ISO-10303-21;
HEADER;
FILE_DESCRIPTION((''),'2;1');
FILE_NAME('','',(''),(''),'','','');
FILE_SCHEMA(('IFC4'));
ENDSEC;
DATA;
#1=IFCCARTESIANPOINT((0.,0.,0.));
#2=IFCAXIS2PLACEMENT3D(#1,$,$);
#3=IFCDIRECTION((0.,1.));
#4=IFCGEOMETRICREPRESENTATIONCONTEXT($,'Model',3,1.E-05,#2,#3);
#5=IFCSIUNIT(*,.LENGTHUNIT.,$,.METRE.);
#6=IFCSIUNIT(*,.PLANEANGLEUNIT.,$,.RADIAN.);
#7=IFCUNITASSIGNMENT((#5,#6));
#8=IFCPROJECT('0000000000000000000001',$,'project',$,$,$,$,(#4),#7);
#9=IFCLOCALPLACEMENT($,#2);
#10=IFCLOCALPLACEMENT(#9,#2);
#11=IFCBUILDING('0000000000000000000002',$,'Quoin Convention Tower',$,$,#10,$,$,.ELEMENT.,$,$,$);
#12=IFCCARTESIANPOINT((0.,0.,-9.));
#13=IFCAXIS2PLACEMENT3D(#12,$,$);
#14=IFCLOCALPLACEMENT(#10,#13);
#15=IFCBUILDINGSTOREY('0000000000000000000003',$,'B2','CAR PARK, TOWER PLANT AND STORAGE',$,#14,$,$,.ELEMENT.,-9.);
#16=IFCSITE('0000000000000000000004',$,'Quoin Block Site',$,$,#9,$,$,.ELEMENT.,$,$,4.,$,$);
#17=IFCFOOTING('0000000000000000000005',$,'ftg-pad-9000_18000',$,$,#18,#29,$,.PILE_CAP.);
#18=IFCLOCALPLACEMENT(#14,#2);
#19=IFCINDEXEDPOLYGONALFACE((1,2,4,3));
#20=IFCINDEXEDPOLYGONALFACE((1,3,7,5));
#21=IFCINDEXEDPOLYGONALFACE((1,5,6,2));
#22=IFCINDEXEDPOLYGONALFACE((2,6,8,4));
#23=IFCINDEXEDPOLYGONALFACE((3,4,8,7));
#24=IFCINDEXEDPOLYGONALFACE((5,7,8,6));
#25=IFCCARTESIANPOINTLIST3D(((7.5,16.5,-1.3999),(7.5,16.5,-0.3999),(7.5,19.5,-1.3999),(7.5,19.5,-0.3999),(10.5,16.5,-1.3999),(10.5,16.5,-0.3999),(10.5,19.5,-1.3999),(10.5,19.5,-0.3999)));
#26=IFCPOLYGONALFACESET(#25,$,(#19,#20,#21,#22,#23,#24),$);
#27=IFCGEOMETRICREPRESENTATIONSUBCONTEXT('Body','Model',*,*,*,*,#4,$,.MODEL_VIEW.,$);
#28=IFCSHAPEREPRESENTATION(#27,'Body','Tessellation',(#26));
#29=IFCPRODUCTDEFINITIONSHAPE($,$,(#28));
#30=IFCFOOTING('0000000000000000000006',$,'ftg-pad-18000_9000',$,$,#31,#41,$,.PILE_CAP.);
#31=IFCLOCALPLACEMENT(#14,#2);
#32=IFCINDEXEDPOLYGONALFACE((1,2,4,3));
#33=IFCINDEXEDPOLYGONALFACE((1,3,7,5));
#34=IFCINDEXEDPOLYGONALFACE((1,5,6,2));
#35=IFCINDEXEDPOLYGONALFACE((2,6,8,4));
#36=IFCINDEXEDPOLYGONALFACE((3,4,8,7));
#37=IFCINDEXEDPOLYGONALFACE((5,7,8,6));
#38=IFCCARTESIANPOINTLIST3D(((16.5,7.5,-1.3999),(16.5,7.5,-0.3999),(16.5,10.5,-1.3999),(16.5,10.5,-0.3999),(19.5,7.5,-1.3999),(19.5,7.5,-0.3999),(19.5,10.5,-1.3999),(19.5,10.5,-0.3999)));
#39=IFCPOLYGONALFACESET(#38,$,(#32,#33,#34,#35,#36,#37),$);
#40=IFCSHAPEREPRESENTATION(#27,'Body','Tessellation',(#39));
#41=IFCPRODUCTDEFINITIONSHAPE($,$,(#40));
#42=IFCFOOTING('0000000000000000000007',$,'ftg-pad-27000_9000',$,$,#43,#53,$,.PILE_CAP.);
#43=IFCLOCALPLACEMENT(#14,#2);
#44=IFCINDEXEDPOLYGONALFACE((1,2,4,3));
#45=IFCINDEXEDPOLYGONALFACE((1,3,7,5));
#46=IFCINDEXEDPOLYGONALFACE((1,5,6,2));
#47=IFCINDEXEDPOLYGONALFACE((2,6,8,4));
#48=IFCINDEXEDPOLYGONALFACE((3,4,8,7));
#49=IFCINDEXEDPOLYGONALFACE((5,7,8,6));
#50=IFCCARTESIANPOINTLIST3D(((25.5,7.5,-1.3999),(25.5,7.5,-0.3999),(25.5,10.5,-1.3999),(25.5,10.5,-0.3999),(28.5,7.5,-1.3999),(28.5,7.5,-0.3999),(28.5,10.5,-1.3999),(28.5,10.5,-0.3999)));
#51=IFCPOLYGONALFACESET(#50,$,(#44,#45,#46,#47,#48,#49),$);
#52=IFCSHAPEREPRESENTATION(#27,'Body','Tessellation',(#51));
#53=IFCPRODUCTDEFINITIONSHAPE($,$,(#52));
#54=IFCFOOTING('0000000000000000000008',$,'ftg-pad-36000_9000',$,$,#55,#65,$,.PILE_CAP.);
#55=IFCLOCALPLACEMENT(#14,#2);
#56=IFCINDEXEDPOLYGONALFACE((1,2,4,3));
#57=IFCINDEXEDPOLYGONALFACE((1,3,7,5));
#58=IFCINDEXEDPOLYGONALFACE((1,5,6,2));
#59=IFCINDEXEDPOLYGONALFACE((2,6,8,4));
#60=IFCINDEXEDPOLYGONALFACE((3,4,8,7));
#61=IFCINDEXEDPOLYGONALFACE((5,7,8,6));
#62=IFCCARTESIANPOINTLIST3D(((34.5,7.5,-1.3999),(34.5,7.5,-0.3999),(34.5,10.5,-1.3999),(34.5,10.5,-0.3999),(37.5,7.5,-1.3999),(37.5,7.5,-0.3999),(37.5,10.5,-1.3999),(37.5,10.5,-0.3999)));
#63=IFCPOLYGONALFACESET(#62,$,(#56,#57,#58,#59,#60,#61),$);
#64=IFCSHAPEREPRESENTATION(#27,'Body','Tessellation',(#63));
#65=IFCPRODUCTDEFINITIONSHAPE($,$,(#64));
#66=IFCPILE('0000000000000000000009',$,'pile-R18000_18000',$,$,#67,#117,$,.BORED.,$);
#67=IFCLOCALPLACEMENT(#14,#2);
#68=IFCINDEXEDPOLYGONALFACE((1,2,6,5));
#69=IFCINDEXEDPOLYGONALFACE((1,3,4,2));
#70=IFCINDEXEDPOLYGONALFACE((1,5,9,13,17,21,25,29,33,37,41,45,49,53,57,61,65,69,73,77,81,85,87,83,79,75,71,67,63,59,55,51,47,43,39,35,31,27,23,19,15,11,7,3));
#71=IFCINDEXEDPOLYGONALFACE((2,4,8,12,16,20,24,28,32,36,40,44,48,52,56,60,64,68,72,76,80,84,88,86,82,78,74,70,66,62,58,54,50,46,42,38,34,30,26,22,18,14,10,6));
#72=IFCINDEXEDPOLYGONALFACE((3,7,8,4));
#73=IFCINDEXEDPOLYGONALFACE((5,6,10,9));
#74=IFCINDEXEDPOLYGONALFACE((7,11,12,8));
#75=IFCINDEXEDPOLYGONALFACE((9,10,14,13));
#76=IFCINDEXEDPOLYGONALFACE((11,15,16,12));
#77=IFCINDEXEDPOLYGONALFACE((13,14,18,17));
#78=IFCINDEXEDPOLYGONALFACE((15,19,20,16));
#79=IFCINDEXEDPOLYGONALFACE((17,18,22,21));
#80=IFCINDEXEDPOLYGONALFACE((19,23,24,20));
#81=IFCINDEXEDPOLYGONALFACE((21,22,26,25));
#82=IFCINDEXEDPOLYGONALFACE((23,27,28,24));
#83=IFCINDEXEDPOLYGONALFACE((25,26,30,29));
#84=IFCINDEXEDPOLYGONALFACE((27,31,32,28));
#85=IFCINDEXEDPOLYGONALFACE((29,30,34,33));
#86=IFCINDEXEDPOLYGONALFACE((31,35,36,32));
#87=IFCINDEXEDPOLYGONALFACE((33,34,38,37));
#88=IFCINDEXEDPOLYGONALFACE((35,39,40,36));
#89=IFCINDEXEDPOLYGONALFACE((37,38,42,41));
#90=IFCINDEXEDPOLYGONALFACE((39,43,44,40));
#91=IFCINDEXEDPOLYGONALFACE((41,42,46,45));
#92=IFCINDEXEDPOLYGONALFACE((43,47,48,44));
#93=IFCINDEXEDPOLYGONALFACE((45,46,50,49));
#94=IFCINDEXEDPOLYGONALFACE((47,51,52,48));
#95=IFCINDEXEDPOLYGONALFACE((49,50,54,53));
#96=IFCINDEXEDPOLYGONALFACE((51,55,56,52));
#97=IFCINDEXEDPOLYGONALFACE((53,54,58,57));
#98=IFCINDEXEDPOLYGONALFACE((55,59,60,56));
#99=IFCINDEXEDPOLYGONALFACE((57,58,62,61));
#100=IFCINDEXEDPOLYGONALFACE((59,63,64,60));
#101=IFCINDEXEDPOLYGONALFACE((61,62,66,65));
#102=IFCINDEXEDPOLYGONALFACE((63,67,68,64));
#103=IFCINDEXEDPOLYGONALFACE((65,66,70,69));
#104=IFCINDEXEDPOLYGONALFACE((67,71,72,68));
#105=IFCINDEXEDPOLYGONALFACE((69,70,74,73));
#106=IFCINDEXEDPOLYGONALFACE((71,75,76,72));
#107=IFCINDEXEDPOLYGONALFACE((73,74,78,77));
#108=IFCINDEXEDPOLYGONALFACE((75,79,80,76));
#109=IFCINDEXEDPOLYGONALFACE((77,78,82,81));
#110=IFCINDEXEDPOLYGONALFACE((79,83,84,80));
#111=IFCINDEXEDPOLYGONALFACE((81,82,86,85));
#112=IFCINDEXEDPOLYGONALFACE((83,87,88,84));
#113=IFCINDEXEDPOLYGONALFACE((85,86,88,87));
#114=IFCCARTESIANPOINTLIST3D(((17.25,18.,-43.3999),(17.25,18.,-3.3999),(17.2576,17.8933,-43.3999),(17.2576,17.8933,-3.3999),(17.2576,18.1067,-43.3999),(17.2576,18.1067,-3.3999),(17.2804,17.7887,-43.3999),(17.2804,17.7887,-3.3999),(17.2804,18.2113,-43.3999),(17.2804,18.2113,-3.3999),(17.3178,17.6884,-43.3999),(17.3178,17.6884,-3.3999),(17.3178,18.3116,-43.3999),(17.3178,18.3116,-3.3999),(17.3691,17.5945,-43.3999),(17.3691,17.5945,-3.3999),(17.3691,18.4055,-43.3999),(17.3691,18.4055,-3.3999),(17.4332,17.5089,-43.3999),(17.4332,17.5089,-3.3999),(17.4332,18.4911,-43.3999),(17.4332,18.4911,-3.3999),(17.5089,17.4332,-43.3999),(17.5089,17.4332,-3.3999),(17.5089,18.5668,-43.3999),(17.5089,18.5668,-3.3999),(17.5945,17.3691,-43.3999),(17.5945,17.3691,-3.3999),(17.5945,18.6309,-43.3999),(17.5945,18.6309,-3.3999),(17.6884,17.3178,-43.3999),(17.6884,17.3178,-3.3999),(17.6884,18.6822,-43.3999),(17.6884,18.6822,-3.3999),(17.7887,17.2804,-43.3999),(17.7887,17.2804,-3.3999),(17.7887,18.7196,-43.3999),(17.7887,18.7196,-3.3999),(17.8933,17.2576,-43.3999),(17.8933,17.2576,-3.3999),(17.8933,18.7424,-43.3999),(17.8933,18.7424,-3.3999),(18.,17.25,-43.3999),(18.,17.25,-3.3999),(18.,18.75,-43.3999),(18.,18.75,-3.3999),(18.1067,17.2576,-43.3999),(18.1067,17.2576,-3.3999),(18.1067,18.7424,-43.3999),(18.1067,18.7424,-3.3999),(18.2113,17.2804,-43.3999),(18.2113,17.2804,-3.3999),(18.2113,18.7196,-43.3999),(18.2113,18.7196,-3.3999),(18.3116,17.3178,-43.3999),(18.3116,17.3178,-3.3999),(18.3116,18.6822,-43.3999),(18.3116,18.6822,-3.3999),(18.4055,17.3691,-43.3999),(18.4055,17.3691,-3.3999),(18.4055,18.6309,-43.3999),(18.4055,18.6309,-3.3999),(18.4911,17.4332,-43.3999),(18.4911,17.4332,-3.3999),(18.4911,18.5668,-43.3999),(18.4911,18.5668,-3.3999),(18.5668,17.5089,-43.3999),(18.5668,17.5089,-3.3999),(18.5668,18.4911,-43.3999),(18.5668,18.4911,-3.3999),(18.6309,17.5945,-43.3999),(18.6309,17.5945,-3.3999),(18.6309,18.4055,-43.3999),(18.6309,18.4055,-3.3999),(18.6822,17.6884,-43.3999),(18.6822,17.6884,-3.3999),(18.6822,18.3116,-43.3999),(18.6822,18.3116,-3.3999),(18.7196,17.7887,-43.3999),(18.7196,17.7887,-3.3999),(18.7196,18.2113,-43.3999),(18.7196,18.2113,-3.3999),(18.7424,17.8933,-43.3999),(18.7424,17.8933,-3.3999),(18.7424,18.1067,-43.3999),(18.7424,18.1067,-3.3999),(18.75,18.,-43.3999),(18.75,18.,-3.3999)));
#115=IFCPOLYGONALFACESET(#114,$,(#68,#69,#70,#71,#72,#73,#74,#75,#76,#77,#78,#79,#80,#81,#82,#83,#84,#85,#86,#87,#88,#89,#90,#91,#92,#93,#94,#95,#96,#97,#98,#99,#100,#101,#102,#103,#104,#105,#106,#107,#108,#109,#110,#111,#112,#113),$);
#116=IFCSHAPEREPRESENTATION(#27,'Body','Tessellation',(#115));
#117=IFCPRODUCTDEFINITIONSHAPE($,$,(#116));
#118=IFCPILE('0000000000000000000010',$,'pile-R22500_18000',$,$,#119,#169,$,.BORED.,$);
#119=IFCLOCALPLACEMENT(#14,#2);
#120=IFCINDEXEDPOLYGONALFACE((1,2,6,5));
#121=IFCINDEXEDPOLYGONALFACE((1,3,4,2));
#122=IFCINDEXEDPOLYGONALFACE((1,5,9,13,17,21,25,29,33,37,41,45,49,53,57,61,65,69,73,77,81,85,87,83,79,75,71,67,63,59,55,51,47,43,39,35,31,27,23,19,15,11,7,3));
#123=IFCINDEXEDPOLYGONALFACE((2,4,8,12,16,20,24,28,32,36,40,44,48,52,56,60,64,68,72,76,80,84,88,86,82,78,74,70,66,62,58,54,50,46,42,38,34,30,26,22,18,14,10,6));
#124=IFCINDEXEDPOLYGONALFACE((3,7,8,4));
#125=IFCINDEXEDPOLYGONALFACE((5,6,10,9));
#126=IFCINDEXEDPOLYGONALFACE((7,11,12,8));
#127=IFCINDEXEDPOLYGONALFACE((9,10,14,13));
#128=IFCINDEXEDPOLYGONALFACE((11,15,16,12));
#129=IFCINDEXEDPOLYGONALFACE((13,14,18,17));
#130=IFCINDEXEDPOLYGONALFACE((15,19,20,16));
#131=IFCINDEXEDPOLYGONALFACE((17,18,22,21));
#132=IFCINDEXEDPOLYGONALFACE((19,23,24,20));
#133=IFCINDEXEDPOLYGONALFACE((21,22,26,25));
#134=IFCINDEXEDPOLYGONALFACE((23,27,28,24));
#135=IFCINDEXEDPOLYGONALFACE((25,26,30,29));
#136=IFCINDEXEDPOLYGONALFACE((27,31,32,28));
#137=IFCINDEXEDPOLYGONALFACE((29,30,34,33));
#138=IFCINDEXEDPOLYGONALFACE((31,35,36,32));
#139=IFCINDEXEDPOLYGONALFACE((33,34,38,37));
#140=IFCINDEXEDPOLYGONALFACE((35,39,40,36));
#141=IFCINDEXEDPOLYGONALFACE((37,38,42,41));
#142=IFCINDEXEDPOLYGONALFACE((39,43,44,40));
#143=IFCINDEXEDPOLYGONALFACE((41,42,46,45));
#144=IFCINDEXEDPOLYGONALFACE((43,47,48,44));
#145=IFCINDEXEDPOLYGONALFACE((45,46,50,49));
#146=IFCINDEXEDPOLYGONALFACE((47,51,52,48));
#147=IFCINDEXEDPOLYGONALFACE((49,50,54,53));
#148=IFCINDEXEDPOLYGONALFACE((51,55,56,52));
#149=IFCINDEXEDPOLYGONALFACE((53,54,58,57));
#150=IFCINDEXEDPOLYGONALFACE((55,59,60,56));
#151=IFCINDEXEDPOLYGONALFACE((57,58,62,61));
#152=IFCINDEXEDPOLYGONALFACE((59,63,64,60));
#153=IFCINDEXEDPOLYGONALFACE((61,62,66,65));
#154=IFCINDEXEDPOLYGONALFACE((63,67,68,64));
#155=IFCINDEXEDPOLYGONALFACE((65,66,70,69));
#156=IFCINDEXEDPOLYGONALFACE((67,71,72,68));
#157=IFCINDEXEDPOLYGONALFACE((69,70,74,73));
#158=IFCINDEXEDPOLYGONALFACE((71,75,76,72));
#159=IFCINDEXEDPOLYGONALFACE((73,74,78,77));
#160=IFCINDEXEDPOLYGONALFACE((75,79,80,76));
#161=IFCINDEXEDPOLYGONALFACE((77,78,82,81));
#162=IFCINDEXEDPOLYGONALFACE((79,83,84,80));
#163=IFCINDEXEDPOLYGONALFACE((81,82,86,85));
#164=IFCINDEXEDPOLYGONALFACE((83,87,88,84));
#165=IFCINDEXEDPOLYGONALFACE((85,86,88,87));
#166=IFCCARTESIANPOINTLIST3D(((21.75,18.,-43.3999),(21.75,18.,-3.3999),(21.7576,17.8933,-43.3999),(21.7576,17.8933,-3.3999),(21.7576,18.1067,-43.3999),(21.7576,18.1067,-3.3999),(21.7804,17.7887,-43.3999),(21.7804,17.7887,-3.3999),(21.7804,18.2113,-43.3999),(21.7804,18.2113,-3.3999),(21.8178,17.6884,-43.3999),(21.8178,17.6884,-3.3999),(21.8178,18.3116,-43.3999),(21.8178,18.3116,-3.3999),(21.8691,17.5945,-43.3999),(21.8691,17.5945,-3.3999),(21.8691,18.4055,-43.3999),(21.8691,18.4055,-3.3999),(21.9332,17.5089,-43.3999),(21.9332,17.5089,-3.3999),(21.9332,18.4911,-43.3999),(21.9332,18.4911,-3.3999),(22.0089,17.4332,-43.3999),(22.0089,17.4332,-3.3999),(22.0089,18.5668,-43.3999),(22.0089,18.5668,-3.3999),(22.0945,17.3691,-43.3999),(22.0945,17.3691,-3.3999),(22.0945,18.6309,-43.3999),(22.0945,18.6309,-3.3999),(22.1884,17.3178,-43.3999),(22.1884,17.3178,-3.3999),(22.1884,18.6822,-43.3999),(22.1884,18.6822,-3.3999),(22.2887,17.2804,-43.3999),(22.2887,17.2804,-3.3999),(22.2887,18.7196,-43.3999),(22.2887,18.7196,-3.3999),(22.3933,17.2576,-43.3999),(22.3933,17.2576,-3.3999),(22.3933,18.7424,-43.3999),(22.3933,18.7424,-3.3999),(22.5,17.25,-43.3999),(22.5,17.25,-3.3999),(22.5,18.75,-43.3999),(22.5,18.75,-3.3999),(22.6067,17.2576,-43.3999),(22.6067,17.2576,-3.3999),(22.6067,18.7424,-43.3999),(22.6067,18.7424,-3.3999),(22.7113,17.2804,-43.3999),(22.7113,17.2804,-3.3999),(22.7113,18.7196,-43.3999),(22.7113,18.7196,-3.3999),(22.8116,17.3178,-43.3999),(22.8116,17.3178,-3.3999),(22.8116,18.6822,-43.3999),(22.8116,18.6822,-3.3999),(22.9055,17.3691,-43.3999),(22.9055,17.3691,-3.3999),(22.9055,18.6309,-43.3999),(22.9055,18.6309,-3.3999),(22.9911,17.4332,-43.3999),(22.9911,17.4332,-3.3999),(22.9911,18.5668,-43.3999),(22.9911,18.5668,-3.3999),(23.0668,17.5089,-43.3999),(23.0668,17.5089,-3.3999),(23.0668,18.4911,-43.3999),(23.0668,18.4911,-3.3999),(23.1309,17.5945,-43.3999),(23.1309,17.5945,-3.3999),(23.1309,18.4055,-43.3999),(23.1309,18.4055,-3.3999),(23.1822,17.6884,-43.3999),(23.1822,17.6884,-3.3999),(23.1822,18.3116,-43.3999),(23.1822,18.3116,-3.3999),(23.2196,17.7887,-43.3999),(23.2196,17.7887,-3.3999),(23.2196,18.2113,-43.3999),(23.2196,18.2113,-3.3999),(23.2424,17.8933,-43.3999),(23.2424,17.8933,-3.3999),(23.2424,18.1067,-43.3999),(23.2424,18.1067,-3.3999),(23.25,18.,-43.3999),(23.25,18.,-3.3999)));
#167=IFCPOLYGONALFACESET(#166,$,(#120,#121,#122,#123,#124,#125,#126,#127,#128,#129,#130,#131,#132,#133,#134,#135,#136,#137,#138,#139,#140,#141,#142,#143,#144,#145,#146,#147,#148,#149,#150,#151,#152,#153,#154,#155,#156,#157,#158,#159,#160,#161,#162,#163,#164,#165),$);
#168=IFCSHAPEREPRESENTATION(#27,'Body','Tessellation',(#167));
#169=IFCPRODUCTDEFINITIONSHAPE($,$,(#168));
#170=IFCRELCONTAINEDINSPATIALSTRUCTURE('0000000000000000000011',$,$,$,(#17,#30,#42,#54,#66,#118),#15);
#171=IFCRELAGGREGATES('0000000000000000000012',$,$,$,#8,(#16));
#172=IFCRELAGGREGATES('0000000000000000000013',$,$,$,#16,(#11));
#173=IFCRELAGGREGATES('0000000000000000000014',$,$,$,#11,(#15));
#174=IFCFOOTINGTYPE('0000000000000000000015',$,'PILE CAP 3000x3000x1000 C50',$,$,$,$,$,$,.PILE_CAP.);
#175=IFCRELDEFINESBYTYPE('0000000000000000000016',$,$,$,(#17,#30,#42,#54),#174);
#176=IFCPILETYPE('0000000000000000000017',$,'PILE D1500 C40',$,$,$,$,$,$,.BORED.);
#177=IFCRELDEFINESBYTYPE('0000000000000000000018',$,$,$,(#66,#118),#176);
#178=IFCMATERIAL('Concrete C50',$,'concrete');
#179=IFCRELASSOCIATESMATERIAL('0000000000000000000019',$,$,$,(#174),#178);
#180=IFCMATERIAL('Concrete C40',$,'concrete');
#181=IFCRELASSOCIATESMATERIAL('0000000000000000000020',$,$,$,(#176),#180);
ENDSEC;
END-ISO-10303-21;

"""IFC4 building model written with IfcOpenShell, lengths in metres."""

from ifc_helpers import new_model, si_unit, direction, frame, origin, origin_2d, place, context, subcontext, project, spatial, rectangle, circle, extrude, material, material_profile, profile_set, type_object, element, save


model = new_model("IFC4")

# Units and contexts
model_context = context("Model", 3, precision=1e-05, world=origin(), true_north=direction((0.0, 1.0)))
body_context = subcontext(model_context, "Body", "Model", "MODEL_VIEW")
ifc_project = project(units=[si_unit("LENGTHUNIT", "METRE"), si_unit("PLANEANGLEUNIT", "RADIAN")], contexts=[model_context])

# Site, building, storey
site_placement = place(None, origin())
site = spatial("IfcSite", under=ifc_project, at=site_placement, Name="Quoin Block Site", CompositionType="ELEMENT", RefElevation=4.0)
building_placement = place(site_placement, origin())
building = spatial("IfcBuilding", under=site, at=building_placement, Name="Quoin Convention Tower", CompositionType="ELEMENT")
storey_placement = place(building_placement, frame((0.0, 0.0, -9.0)))
storey = spatial("IfcBuildingStorey", under=building, at=storey_placement, Name="B2", Description="CAR PARK, TOWER PLANT AND STORAGE", CompositionType="ELEMENT", Elevation=-9.0)

# Footings
ifc_material_1 = material(Name="Concrete C50", Category="concrete")
footing_type = type_object("IfcFootingType", Name="PILE CAP 3000x3000x1000 C50", PredefinedType="PILE_CAP", material=ifc_material_1)
for number, where, z_axis, x_axis, name in (
    (1, (9.0, 18.0, -1.3999), (0.0, 0.0, 1.0), (1.0, 0.0, 0.0), "ftg-pad-9000_18000"),
    (2, (18.0, 9.0, -1.3999), (0.0, 0.0, 1.0), (1.0, 0.0, 0.0), "ftg-pad-18000_9000"),
    (3, (27.0, 9.0, -1.3999), (0.0, 0.0, 1.0), (1.0, 0.0, 0.0), "ftg-pad-27000_9000"),
    (4, (36.0, 9.0, -1.3999), (0.0, 0.0, 1.0), (1.0, 0.0, 0.0), "ftg-pad-36000_9000"),
):
    element("IfcFooting", number, at=place(storey_placement, frame(where, z_axis=z_axis, x_axis=x_axis)), inside=storey, type_object=footing_type, Name=name, PredefinedType="PILE_CAP", context=body_context, shape_type="SweptSolid", body=[
        extrude(rectangle(XDim=3.0, YDim=3.0, at=origin_2d()), origin(), (0.0, 0.0, 1.0), 1.0),
    ])

# Piles
ifc_material_2 = material(Name="Concrete C40", Category="concrete")
ifc_material_profile_1 = material_profile(ifc_material_2, circle(Radius=0.75, at=origin_2d()), Name="D1500")
ifc_profile_set_1 = profile_set([ifc_material_profile_1], Name="Concrete C40")
pile_type = type_object("IfcPileType", Name="PILE D1500 C40", PredefinedType="BORED", material=ifc_profile_set_1)
for number, where, z_axis, x_axis, name in (
    (5, (18.0, 18.0, -3.3999), (0.0, 0.0, -1.0), (1.0, 0.0, 0.0), "pile-R18000_18000"),
    (6, (22.5, 18.0, -3.3999), (0.0, 0.0, -1.0), (1.0, 0.0, 0.0), "pile-R22500_18000"),
):
    element("IfcPile", number, at=place(storey_placement, frame(where, z_axis=z_axis, x_axis=x_axis)), inside=storey, type_object=pile_type, Name=name, PredefinedType="BORED", context=body_context, shape_type="SweptSolid", body=[
        extrude(circle(Radius=0.75, at=origin_2d()), origin(), (0.0, 0.0, 1.0), 40.0),
    ])

save(model, "model.ifc")
